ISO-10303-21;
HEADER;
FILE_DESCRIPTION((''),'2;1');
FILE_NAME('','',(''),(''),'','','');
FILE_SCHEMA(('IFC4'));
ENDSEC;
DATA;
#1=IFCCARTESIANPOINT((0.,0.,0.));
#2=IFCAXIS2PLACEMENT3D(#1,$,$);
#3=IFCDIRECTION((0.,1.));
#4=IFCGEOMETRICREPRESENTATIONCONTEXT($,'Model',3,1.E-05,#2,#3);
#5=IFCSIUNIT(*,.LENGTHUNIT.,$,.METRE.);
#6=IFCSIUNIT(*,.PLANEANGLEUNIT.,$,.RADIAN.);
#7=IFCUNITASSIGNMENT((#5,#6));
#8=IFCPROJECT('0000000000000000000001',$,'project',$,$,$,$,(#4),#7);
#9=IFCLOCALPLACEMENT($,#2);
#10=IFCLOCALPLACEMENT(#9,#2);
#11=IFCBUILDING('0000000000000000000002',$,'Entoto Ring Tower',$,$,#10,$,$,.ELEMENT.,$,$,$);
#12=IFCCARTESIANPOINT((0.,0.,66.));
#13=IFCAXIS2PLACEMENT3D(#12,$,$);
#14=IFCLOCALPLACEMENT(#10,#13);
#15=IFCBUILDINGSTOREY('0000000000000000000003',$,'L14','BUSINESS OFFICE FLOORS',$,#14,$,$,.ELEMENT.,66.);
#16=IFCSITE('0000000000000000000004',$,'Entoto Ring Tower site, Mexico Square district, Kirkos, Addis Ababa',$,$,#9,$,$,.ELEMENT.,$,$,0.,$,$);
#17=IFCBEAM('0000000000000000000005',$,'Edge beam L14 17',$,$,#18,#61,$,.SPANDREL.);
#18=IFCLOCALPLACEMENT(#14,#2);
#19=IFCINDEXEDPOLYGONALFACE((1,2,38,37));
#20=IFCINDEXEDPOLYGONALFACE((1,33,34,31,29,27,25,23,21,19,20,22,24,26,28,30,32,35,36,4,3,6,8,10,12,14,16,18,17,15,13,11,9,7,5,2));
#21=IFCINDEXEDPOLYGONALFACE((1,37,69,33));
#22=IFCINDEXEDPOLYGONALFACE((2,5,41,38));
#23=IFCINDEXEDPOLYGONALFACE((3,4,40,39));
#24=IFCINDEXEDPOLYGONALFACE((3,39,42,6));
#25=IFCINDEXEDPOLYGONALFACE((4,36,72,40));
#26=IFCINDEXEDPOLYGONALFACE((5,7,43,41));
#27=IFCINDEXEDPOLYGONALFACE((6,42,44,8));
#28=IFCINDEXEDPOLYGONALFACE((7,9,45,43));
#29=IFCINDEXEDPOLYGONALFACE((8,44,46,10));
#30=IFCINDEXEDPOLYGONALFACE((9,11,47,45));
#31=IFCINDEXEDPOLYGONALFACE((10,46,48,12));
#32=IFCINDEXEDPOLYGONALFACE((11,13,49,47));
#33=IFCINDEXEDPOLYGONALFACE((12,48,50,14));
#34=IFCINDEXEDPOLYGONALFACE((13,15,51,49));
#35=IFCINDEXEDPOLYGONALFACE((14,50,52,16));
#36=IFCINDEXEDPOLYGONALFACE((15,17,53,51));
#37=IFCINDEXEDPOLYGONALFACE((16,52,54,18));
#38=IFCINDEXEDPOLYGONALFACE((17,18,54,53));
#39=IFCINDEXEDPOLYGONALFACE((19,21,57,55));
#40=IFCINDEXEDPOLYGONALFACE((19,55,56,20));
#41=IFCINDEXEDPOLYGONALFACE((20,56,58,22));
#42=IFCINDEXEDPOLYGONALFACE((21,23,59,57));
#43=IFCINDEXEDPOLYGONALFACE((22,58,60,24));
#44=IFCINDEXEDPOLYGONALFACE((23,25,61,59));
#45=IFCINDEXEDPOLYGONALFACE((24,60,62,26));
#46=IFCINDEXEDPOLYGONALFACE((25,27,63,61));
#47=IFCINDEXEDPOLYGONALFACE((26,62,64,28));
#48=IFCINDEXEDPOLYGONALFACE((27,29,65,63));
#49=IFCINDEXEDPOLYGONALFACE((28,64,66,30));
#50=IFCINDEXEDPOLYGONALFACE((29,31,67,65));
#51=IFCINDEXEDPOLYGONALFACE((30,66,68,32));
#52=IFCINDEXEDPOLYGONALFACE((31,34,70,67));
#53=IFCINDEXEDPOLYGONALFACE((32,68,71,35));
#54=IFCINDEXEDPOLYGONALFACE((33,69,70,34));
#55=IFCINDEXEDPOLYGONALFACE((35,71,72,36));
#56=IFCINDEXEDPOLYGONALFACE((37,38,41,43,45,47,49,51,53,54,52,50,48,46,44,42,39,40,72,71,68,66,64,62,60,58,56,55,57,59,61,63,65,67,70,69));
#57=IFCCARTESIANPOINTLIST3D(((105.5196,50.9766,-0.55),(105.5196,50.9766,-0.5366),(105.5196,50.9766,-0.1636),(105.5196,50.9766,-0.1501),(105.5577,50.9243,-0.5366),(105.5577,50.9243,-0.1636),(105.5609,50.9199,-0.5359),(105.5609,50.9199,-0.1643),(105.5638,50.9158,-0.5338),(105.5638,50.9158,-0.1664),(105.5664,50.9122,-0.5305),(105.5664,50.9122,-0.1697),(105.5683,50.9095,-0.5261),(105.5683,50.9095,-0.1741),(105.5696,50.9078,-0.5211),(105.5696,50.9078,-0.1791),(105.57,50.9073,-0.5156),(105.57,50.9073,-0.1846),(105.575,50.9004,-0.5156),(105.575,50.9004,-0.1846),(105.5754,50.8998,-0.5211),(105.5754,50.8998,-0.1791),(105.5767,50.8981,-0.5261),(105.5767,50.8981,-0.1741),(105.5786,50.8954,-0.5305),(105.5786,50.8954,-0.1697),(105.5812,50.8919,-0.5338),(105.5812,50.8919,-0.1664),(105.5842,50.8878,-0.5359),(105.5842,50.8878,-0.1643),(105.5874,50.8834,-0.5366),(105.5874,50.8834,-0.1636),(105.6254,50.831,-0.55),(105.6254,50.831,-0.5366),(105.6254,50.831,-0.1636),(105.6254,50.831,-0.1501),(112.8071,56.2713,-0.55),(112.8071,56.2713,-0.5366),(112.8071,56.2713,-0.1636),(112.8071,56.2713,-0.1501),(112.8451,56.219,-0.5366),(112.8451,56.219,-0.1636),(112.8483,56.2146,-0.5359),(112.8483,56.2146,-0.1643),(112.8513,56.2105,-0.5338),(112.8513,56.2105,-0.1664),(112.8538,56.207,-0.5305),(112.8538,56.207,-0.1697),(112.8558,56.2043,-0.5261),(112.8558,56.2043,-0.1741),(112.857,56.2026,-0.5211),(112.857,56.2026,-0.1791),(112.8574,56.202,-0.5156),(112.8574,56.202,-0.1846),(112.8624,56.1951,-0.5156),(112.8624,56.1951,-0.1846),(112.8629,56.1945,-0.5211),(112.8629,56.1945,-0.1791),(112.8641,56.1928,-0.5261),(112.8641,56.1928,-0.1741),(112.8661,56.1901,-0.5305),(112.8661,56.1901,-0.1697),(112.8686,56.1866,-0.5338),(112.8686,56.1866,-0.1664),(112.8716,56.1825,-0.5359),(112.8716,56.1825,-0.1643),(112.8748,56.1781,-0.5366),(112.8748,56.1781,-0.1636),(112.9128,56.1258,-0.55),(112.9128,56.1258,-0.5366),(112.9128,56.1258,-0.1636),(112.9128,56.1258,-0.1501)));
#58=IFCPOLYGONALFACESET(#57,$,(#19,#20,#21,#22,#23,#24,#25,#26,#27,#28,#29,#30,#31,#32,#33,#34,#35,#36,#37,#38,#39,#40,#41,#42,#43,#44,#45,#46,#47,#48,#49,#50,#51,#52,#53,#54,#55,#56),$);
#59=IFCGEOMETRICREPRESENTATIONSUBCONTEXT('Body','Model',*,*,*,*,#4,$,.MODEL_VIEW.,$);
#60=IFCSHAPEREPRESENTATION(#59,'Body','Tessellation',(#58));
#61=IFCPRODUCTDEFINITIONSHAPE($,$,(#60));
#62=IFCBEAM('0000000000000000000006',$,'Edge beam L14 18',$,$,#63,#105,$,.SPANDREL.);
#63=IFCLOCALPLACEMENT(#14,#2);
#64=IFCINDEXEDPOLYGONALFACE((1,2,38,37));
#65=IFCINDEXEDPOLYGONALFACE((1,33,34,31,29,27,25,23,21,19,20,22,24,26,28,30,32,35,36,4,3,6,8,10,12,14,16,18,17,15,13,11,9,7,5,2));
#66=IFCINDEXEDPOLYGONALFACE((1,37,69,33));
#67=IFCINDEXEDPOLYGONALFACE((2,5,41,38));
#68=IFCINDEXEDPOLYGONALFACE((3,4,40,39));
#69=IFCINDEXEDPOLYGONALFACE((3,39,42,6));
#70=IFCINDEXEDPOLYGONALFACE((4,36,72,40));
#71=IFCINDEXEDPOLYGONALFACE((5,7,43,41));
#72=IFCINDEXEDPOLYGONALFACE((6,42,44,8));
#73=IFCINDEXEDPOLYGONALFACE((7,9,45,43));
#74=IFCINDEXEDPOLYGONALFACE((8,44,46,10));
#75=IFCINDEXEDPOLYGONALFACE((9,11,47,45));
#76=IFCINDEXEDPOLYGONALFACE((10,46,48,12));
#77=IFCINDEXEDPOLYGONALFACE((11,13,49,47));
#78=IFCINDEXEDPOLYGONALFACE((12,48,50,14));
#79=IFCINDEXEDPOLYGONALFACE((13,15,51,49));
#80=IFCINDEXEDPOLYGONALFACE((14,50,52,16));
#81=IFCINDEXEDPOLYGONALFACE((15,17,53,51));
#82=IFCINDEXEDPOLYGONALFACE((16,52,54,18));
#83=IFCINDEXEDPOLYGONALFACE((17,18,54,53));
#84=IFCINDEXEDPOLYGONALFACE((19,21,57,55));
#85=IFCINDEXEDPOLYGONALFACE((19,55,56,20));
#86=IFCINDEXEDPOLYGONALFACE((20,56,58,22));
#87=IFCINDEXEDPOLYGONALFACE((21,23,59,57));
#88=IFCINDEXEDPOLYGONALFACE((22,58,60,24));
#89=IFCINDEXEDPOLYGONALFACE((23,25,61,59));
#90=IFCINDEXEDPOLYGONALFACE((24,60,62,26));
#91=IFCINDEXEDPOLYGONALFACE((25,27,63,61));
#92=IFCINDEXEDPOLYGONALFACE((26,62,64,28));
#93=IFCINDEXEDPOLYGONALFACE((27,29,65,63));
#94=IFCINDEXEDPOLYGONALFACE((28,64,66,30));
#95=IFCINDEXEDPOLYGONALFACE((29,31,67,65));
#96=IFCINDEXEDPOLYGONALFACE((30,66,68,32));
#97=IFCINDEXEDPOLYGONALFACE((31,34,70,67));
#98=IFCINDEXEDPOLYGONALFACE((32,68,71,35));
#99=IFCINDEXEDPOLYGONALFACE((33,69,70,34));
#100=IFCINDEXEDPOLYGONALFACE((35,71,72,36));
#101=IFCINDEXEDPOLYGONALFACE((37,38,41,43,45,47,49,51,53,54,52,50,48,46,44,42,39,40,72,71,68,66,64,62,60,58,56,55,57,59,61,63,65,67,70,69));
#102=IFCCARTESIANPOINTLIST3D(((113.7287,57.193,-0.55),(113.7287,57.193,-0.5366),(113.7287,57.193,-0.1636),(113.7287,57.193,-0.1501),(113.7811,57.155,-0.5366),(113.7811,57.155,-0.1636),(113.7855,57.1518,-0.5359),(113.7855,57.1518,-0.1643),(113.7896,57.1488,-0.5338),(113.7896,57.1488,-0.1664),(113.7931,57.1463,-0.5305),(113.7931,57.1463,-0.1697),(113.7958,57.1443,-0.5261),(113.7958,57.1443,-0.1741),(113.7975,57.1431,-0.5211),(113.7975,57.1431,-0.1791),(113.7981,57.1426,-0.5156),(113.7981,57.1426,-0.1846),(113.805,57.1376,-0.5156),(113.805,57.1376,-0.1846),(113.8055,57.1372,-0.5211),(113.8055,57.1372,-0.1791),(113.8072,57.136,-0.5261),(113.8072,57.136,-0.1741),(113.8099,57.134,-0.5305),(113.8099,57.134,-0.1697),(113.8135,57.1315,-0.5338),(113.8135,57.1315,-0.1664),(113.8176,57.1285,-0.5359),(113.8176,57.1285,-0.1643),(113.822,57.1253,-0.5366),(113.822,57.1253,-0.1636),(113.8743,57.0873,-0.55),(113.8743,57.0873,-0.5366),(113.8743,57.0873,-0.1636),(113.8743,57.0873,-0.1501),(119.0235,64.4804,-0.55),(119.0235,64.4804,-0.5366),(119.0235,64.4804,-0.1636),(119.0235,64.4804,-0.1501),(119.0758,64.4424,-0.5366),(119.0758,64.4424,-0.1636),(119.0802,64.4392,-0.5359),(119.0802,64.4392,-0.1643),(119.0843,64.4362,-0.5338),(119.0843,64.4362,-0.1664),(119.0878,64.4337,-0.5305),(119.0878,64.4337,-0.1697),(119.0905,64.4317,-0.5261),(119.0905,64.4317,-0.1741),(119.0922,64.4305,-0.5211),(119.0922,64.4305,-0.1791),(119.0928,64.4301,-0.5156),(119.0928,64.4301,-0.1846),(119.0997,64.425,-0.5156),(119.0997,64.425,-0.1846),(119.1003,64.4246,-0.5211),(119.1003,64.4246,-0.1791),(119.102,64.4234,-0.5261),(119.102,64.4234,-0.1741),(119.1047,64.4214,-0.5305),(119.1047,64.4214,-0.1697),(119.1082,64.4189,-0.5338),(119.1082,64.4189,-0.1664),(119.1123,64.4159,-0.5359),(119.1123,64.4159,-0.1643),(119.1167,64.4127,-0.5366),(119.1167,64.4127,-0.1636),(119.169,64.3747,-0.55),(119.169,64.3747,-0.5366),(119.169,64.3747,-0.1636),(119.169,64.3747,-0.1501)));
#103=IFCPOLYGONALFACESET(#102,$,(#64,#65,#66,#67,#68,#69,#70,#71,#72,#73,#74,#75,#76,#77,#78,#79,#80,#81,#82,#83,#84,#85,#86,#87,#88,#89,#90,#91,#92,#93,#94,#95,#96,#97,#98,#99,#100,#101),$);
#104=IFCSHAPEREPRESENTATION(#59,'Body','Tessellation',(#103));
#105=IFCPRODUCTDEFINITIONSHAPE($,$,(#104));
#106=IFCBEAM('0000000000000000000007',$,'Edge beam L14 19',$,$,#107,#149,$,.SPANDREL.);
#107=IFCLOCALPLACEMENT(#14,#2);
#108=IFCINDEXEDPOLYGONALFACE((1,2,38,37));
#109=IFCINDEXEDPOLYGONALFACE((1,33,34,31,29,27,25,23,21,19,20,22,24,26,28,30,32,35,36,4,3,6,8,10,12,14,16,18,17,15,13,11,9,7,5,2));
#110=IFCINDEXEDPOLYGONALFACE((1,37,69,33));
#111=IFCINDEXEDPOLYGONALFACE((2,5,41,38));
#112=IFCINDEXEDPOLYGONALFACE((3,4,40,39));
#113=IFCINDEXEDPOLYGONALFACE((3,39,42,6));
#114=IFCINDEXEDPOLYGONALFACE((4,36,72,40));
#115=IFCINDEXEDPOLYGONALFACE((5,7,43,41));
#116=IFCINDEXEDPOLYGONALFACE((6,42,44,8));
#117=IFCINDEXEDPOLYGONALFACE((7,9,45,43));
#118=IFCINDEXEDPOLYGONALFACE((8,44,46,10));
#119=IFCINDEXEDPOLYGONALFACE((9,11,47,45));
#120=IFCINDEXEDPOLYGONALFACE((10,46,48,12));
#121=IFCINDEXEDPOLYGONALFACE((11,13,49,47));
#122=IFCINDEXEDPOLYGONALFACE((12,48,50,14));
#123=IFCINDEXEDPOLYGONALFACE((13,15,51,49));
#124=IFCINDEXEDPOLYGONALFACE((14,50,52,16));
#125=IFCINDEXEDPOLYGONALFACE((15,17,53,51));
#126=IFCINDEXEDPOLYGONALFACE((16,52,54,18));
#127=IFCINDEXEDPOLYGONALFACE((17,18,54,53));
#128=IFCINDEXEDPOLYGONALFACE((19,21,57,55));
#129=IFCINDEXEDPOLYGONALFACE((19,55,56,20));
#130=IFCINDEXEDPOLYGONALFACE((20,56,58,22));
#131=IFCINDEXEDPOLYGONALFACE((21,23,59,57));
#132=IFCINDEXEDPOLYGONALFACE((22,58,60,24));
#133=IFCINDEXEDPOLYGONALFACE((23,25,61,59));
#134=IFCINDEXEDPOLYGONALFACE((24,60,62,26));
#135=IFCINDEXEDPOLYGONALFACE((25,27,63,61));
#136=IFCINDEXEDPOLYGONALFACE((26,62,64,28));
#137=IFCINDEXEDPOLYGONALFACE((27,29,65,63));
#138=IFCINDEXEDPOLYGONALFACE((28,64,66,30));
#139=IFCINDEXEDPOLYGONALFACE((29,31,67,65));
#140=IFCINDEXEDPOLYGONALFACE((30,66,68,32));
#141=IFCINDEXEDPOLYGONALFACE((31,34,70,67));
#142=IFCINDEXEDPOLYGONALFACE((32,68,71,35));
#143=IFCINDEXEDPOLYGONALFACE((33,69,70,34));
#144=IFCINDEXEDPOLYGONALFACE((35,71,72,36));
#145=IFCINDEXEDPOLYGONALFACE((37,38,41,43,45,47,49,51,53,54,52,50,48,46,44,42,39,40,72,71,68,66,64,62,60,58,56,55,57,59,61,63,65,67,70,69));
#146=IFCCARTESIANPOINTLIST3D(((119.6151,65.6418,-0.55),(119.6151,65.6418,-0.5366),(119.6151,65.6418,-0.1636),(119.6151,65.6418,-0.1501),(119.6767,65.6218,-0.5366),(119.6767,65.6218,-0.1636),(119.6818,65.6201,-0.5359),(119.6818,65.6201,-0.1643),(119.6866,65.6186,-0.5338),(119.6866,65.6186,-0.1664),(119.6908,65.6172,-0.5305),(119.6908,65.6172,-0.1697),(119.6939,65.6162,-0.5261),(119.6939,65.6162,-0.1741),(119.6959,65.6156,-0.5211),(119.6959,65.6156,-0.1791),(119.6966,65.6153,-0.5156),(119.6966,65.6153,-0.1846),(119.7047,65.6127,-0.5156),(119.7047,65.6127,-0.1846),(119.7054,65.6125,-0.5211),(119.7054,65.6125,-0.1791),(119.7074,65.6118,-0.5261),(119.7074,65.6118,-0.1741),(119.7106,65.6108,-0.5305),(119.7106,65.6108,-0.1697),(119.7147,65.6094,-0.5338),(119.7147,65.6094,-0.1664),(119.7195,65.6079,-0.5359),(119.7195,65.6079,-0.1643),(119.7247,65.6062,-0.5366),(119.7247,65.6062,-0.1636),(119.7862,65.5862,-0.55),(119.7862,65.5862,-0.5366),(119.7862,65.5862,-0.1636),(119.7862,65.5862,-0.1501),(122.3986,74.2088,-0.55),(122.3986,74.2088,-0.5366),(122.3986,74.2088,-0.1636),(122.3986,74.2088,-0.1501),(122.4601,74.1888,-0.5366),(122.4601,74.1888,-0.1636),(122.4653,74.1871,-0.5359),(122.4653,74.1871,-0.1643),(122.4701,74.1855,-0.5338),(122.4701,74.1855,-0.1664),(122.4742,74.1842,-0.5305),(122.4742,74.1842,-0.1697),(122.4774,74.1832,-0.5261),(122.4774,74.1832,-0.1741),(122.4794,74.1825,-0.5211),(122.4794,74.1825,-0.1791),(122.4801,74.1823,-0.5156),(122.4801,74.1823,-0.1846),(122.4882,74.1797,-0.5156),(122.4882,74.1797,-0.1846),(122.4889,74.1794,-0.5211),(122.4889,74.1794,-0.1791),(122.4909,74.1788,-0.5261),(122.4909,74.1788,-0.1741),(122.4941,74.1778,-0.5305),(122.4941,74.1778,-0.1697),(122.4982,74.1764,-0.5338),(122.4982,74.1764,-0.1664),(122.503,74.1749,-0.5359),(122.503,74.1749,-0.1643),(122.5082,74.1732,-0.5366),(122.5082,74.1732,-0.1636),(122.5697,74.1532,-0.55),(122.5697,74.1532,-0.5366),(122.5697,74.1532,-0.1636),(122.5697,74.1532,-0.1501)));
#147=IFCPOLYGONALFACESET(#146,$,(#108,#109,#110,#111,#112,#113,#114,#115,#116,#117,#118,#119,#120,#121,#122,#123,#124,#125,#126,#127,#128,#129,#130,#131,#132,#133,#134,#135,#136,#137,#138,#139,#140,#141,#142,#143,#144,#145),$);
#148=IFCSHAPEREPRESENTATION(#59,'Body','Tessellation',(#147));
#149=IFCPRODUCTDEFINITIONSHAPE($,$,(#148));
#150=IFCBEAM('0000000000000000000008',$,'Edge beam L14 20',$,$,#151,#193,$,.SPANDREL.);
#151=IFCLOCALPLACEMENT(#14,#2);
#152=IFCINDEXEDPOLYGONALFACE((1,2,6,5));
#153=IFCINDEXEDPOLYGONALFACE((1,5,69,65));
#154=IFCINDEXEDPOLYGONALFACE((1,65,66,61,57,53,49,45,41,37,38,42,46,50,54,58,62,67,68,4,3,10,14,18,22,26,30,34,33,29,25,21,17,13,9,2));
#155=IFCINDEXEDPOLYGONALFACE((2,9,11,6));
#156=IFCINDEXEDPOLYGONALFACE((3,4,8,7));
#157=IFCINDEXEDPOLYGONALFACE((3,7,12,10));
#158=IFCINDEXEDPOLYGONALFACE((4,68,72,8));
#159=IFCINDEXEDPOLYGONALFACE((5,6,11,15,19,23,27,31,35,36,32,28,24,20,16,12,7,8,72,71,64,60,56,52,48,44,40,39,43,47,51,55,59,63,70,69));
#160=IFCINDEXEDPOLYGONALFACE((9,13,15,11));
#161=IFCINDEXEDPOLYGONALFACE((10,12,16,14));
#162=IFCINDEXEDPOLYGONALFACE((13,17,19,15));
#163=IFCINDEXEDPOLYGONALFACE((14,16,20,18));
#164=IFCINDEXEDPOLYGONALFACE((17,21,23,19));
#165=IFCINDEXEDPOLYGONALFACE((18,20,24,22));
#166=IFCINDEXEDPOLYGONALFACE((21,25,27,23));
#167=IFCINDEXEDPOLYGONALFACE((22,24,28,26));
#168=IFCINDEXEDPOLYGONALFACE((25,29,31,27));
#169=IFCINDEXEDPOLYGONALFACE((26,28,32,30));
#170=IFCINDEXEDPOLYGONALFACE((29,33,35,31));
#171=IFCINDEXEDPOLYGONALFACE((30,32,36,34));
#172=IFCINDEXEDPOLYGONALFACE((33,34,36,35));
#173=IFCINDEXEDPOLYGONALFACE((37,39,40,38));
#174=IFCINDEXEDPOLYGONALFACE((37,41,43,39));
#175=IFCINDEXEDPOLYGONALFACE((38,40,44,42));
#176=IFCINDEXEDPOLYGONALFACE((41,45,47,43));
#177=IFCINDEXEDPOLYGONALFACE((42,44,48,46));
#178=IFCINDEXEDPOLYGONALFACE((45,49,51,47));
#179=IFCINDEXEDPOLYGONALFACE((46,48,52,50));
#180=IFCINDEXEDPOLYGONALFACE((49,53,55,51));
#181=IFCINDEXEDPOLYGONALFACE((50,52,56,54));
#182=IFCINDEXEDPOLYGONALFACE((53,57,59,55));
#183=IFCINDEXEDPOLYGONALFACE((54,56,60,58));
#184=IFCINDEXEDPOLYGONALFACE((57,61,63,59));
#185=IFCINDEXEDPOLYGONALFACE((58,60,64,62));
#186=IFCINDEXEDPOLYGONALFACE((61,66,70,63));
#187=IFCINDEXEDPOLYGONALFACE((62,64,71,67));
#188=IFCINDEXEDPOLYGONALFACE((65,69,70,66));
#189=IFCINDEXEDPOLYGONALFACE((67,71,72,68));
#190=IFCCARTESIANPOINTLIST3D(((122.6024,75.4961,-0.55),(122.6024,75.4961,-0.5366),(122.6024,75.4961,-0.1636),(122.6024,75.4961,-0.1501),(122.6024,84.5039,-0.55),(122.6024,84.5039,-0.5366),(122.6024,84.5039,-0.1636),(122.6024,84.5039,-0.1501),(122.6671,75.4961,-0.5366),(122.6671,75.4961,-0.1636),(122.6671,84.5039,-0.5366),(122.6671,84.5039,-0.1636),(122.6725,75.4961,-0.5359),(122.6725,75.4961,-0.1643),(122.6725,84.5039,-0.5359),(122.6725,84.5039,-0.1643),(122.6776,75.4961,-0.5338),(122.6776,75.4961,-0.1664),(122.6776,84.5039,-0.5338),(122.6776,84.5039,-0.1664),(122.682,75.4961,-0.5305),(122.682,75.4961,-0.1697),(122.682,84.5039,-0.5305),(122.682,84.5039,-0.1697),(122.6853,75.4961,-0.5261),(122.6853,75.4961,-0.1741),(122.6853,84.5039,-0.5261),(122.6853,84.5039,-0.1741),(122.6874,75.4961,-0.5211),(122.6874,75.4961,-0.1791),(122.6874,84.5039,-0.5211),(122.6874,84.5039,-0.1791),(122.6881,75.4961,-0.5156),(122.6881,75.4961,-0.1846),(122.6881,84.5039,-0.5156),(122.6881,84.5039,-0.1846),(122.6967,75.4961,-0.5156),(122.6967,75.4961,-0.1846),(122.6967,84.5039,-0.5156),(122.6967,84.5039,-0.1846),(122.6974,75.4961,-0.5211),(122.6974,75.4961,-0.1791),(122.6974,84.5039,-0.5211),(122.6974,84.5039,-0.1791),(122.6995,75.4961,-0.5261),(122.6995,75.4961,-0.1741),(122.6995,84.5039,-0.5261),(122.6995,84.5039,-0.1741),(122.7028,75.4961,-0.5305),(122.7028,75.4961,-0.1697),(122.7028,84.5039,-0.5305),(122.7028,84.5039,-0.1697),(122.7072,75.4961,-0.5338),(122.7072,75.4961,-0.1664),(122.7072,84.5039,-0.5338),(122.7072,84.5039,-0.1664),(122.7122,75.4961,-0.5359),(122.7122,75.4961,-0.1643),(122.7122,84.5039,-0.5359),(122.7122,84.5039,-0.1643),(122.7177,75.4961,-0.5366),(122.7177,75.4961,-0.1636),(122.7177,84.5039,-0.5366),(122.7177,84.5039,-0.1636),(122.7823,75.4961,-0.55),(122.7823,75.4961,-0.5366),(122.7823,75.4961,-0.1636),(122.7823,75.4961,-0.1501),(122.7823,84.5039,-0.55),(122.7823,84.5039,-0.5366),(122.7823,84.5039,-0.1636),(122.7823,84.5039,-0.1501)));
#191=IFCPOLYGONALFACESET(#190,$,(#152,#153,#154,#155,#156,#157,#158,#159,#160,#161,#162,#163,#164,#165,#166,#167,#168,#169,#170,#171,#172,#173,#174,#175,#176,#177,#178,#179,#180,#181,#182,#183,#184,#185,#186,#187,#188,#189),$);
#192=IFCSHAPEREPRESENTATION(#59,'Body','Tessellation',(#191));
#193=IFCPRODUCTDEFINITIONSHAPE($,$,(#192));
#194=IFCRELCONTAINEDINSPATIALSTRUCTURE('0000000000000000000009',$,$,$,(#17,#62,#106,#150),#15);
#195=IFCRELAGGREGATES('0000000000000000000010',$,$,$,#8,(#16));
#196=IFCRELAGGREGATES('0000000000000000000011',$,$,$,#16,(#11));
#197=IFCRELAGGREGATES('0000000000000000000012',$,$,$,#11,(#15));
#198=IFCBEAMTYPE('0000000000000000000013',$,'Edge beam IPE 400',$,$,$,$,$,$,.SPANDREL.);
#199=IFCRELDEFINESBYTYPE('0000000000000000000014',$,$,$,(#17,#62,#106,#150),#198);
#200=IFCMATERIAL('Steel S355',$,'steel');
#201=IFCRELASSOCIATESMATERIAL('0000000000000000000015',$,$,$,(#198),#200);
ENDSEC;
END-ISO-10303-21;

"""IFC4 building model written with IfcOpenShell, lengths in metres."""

from ifc_helpers import new_model, si_unit, direction, frame, origin, origin_2d, place, context, subcontext, project, spatial, i_section, extrude, material, material_profile, profile_set, type_object, element, save


model = new_model("IFC4")

# Units and contexts
model_context = context("Model", 3, precision=1e-05, world=origin(), true_north=direction((0.0, 1.0)))
body_context = subcontext(model_context, "Body", "Model", "MODEL_VIEW")
ifc_project = project(units=[si_unit("LENGTHUNIT", "METRE"), si_unit("PLANEANGLEUNIT", "RADIAN")], contexts=[model_context])

# Site, building, storey
site_placement = place(None, origin())
site = spatial("IfcSite", under=ifc_project, at=site_placement, Name="Entoto Ring Tower site, Mexico Square district, Kirkos, Addis Ababa", CompositionType="ELEMENT", RefElevation=0.0)
building_placement = place(site_placement, origin())
building = spatial("IfcBuilding", under=site, at=building_placement, Name="Entoto Ring Tower", CompositionType="ELEMENT")
storey_placement = place(building_placement, frame((0.0, 0.0, 66.0)))
storey = spatial("IfcBuildingStorey", under=building, at=storey_placement, Name="L14", Description="BUSINESS OFFICE FLOORS", CompositionType="ELEMENT", Elevation=66.0)

# Beams
ifc_material_1 = material(Name="Steel S355", Category="steel")
ifc_material_profile_1 = material_profile(ifc_material_1, i_section(OverallWidth=0.1799, OverallDepth=0.3999, WebThickness=0.0085, FlangeThickness=0.0134, FilletRadius=0.021, at=origin_2d()), Name="IPE 400")
ifc_profile_set_1 = profile_set([ifc_material_profile_1], Name="Steel S355")
beam_type_1 = type_object("IfcBeamType", Name="Edge beam IPE 400", PredefinedType="SPANDREL", material=ifc_profile_set_1)
for number, where, z_axis, x_axis, name in (
    (1, (105.5725, 50.9038, -0.3501), (0.809011, 0.587793, 0.0), (-0.587793, 0.809011, 0.0), "Edge beam L14 17"),
    (2, (113.8015, 57.1401, -0.3501), (0.587793, 0.809011, 0.0), (-0.809011, 0.587793, 0.0), "Edge beam L14 18"),
    (3, (119.7007, 65.614, -0.3501), (0.309006, 0.95106, 0.0), (-0.95106, 0.309006, 0.0), "Edge beam L14 19"),
    (4, (122.6924, 75.4961, -0.3501), (0.0, 1.0, 0.0), (-1.0, 0.0, 0.0), "Edge beam L14 20"),
):
    element("IfcBeam", number, at=place(storey_placement, frame(where, z_axis=z_axis, x_axis=x_axis)), inside=storey, type_object=beam_type_1, Name=name, PredefinedType="SPANDREL", context=body_context, shape_type="SweptSolid", body=[
        extrude(i_section(OverallWidth=0.1799, OverallDepth=0.3999, WebThickness=0.0085, FlangeThickness=0.0134, FilletRadius=0.021, at=origin_2d()), origin(), (0.0, 0.0, 1.0), 9.0078),
    ])

save(model, "model.ifc")
